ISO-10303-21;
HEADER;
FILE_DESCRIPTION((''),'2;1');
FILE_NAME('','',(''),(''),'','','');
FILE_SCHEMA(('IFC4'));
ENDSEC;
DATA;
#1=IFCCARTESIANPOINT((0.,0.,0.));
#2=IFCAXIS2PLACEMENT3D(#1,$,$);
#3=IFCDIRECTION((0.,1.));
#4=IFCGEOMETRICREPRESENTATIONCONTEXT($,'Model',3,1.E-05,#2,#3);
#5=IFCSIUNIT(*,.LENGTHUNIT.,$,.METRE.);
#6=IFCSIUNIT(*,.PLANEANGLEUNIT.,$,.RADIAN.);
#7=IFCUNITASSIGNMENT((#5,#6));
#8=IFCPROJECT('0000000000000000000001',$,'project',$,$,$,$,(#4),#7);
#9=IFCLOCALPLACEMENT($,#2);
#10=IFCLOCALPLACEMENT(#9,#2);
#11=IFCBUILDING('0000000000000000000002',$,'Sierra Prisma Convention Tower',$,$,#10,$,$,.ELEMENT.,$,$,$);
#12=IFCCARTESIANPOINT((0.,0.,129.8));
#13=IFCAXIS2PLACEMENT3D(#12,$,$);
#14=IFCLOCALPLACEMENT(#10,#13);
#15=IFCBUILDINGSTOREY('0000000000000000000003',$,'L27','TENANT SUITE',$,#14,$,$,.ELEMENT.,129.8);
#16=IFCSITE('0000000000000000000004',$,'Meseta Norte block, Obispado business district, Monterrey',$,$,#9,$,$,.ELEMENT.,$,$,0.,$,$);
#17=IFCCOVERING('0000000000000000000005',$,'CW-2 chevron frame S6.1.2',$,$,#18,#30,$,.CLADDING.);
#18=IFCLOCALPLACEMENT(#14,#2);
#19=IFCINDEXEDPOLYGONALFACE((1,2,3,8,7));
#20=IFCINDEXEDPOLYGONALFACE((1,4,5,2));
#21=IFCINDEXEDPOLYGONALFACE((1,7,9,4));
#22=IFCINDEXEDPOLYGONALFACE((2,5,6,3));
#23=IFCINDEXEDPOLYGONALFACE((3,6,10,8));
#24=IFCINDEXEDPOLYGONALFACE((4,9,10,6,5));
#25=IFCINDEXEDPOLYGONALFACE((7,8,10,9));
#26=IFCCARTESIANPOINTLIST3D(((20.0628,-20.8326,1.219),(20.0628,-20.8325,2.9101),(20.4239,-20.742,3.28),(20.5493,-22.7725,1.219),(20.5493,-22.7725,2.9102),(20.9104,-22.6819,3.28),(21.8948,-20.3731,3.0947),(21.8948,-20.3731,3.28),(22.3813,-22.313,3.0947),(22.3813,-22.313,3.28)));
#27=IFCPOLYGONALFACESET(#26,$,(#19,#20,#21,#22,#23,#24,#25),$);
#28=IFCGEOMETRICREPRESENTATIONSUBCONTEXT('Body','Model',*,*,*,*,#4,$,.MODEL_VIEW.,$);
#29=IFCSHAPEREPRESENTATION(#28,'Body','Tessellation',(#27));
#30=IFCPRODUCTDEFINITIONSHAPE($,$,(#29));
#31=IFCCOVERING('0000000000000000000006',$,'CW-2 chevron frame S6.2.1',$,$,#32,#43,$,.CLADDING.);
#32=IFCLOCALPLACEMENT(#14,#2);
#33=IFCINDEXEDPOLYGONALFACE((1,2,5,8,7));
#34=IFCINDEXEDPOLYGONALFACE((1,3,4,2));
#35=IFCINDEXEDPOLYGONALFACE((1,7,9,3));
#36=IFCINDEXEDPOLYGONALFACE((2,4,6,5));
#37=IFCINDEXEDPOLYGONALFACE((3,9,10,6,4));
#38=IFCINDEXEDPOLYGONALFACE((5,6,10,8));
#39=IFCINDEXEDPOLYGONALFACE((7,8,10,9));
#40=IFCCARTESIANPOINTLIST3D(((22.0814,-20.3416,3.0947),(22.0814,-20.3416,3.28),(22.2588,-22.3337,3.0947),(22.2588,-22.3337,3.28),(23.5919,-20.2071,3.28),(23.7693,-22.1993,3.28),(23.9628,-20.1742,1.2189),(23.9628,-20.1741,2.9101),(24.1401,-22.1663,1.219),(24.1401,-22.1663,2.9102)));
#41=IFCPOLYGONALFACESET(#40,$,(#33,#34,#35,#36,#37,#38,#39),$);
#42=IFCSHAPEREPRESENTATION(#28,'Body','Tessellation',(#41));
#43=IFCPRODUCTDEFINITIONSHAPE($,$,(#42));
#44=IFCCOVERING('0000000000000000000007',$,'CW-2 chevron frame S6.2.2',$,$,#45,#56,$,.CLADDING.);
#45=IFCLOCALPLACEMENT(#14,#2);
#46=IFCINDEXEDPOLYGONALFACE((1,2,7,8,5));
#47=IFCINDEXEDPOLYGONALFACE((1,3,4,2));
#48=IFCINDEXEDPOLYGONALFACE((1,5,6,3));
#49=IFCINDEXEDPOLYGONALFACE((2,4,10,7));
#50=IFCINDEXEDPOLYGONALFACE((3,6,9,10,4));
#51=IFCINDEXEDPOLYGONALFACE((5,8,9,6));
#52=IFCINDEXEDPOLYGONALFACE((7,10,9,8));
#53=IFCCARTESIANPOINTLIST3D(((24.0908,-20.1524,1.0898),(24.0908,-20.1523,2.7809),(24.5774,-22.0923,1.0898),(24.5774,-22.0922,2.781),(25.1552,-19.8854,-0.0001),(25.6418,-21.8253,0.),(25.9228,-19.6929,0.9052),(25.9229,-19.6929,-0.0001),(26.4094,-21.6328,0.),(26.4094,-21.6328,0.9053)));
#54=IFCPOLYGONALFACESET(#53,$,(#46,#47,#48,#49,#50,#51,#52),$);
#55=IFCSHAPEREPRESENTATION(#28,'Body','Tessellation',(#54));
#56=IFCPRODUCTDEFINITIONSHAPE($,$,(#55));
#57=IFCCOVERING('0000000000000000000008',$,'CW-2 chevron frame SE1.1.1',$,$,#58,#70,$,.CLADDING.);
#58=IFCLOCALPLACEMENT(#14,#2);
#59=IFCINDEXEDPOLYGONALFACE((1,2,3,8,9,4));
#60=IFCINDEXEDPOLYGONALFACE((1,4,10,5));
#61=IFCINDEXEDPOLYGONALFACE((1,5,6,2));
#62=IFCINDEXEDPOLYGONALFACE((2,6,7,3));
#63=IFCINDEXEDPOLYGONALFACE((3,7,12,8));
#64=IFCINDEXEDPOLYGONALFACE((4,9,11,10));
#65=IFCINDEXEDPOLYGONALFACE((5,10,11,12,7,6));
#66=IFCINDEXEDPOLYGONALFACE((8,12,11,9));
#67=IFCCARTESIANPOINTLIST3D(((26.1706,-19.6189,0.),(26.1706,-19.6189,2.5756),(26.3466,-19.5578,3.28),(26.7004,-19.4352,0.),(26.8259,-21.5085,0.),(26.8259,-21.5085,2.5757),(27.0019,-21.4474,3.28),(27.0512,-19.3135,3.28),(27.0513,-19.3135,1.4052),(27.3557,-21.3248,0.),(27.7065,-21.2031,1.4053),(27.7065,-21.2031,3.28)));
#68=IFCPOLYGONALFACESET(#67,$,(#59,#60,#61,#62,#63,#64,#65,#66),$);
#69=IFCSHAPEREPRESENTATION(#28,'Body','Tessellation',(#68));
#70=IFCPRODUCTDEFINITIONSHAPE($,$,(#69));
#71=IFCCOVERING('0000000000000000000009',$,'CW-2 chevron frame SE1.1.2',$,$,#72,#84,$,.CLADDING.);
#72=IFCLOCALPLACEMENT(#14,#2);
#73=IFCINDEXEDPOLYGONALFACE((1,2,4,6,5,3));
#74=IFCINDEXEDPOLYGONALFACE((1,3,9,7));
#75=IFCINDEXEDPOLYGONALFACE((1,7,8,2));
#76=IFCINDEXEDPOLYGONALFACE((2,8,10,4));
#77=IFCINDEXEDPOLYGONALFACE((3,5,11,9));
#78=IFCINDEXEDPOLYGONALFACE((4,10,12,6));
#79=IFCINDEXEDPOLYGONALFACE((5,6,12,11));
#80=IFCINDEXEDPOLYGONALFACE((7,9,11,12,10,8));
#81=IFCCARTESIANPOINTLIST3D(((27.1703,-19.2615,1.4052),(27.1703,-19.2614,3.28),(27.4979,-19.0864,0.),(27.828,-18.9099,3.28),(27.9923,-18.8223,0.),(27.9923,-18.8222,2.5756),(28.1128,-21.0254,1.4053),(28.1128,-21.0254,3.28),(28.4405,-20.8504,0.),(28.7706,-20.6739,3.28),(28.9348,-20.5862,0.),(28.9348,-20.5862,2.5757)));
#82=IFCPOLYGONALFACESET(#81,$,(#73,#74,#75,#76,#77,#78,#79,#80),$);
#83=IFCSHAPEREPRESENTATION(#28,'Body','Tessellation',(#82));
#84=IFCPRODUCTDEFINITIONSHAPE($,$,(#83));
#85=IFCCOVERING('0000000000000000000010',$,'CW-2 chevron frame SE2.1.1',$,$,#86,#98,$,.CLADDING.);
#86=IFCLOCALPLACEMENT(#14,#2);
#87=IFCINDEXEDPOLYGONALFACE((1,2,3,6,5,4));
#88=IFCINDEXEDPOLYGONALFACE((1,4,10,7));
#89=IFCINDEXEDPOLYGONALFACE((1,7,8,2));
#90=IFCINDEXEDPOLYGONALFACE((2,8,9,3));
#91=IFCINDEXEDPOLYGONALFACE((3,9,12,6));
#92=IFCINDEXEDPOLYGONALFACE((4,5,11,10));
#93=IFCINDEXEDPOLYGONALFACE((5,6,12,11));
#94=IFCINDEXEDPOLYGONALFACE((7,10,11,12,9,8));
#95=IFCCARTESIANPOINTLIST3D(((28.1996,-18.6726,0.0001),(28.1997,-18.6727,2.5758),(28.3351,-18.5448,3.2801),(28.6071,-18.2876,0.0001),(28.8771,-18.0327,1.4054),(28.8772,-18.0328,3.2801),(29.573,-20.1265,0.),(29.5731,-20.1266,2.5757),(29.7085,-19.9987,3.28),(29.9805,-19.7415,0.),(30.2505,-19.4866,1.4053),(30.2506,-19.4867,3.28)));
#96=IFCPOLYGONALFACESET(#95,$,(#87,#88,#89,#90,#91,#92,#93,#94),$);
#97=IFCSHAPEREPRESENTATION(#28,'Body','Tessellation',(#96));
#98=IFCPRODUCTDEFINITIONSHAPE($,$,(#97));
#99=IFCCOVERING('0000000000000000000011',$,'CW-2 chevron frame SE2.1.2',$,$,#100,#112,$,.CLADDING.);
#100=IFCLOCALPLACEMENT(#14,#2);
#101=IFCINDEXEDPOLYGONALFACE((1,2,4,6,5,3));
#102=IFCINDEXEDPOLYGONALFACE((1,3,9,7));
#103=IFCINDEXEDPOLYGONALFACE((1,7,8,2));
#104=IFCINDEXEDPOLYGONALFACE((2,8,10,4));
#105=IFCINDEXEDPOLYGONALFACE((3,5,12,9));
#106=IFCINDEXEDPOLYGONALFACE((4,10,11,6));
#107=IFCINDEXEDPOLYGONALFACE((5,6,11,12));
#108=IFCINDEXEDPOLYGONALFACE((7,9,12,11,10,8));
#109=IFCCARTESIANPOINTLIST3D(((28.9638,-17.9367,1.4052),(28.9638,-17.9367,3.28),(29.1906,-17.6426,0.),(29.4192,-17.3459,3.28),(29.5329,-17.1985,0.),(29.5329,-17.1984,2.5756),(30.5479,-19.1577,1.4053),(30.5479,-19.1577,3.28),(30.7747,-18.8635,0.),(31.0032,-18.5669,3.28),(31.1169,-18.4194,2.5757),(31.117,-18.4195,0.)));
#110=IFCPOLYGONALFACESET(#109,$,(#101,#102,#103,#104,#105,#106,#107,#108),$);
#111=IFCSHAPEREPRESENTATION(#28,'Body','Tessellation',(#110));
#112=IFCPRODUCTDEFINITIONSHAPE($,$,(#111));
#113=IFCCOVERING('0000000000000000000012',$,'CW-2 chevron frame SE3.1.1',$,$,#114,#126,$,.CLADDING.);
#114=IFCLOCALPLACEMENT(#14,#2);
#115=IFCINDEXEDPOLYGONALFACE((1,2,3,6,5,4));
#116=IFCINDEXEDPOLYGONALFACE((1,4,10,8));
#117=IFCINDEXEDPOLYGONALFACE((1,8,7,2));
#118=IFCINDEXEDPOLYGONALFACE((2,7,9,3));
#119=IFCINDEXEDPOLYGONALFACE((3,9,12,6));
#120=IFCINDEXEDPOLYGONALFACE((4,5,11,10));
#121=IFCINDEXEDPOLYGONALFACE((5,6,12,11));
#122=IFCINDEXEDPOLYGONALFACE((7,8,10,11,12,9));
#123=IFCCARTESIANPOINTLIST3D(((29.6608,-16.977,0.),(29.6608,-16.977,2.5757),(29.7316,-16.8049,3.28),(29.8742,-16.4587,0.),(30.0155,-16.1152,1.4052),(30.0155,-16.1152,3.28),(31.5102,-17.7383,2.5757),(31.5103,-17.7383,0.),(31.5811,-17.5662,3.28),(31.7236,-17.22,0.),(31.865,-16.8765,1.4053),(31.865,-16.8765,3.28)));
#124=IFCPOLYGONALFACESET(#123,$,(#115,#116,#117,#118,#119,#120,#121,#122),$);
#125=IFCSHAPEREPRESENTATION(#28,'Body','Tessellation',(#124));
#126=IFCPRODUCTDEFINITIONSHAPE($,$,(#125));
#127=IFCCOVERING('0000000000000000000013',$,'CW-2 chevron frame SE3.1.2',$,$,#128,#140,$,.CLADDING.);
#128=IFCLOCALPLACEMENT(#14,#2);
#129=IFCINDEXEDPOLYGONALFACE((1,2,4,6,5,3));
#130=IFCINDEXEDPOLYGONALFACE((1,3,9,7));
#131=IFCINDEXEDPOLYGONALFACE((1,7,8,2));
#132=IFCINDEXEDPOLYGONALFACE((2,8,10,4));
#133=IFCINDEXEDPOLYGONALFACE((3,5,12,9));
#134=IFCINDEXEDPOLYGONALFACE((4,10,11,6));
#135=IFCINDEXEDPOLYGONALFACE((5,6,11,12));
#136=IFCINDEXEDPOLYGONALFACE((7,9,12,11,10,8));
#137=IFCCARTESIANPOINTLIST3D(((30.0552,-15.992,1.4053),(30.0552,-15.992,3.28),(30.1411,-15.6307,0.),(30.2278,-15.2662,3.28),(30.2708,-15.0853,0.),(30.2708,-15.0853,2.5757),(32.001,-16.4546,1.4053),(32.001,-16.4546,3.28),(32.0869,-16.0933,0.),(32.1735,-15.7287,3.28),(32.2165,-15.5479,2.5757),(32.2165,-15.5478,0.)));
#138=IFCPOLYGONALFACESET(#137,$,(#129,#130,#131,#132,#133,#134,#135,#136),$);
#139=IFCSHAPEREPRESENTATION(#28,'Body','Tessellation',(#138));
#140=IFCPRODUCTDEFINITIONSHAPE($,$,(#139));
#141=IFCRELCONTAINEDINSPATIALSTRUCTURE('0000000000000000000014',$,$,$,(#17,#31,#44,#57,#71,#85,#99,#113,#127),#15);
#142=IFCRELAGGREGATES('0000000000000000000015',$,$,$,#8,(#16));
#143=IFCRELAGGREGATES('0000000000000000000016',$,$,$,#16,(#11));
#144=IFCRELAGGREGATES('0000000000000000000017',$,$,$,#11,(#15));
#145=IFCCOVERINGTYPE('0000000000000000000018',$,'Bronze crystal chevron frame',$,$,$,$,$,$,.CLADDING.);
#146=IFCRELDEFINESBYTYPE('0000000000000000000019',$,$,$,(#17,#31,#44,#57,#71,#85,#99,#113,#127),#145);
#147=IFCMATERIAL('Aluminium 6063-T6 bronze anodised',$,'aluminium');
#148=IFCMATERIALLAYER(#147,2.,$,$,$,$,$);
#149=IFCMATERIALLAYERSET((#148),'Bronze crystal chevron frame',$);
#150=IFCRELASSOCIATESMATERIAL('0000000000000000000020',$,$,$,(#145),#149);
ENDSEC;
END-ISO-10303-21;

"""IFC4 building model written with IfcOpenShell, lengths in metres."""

from ifc_helpers import new_model, si_unit, direction, frame, origin, place, context, subcontext, project, spatial, polyline, outline, extrude, material, layer, layer_set, type_object, element, save


model = new_model("IFC4")

# Units and contexts
model_context = context("Model", 3, precision=1e-05, world=origin(), true_north=direction((0.0, 1.0)))
body_context = subcontext(model_context, "Body", "Model", "MODEL_VIEW")
ifc_project = project(units=[si_unit("LENGTHUNIT", "METRE"), si_unit("PLANEANGLEUNIT", "RADIAN")], contexts=[model_context])

# Site, building, storey
site_placement = place(None, origin())
site = spatial("IfcSite", under=ifc_project, at=site_placement, Name="Meseta Norte block, Obispado business district, Monterrey", CompositionType="ELEMENT", RefElevation=0.0)
building_placement = place(site_placement, origin())
building = spatial("IfcBuilding", under=site, at=building_placement, Name="Sierra Prisma Convention Tower", CompositionType="ELEMENT")
storey_placement = place(building_placement, frame((0.0, 0.0, 129.8)))
storey = spatial("IfcBuildingStorey", under=building, at=storey_placement, Name="L27", Description="TENANT SUITE", CompositionType="ELEMENT", Elevation=129.8)

# Coverings
ifc_material_1 = material(Name="Aluminium 6063-T6 bronze anodised", Category="aluminium")
ifc_layer_1 = layer(ifc_material_1, 2.0)
ifc_layer_set_1 = layer_set([ifc_layer_1], Name="Bronze crystal chevron frame")
covering_type = type_object("IfcCoveringType", Name="Bronze crystal chevron frame", PredefinedType="CLADDING", material=ifc_layer_set_1)
covering_1_placement = place(storey_placement, frame((20.5493, -22.7725, 2.9102), z_axis=(0.243264, -0.96996, 0.000007), x_axis=(0.000002, -0.000007, -1.0)))
element("IfcCovering", 1, at=covering_1_placement, inside=storey, type_object=covering_type, Name="CW-2 chevron frame S6.1.2", PredefinedType="CLADDING", context=body_context, shape_type="SweptSolid", body=[
    extrude(outline(polyline([(0.0, 0.0), (1.6912, 0.0), (-0.1846, 1.8888), (-0.3699, 1.8888), (-0.3699, 0.3723), (0.0, 0.0)])), origin(), (0.0, 0.0, -1.0), 2.0),
])
covering_2_placement = place(storey_placement, frame((22.2588, -22.3337, 3.28), z_axis=(0.088676, -0.996061, 0.000025), x_axis=(0.000002, -0.000025, -1.0)))
element("IfcCovering", 2, at=covering_2_placement, inside=storey, type_object=covering_type, Name="CW-2 chevron frame S6.2.1", PredefinedType="CLADDING", context=body_context, shape_type="SweptSolid", body=[
    extrude(outline(polyline([(0.0, 0.0), (0.1853, 0.0), (2.061, 1.8888), (0.3699, 1.8888), (0.0, 1.5165), (0.0, 0.0)])), origin(), (0.0, 0.0, -1.0), 2.0),
])
covering_3_placement = place(storey_placement, frame((26.4094, -21.6328, 0.0), z_axis=(0.243287, -0.969954, 0.000038), x_axis=(-0.000009, 0.000037, 1.0)))
element("IfcCovering", 3, at=covering_3_placement, inside=storey, type_object=covering_type, Name="CW-2 chevron frame S6.2.2", PredefinedType="CLADDING", context=body_context, shape_type="SweptSolid", body=[
    extrude(outline(polyline([(0.0, 0.0), (0.9053, 0.0), (2.781, 1.8888), (1.0898, 1.8888), (0.0, 0.7914), (0.0, 0.0)])), origin(), (0.0, 0.0, -1.0), 2.0),
])
covering_4_placement = place(storey_placement, frame((26.8259, -21.5085, 0.0), z_axis=(0.327645, -0.944801, 0.000022), x_axis=(0.944801, 0.327645, 0.0)))
element("IfcCovering", 4, at=covering_4_placement, inside=storey, type_object=covering_type, Name="CW-2 chevron frame SE1.1.1", PredefinedType="CLADDING", context=body_context, shape_type="SweptSolid", body=[
    extrude(outline(polyline([(0.0, 0.0), (0.5607, 0.0), (0.9321, 1.4053), (0.9321, 3.28), (0.1863, 3.28), (0.0, 2.5757), (0.0, 0.0)])), origin(), (0.0, 0.0, -1.0), 2.0),
])
covering_5_placement = place(storey_placement, frame((28.1128, -21.0254, 3.28), z_axis=(0.47127, -0.881989, 0.000023), x_axis=(0.000011, -0.00002, -1.0)))
element("IfcCovering", 5, at=covering_5_placement, inside=storey, type_object=covering_type, Name="CW-2 chevron frame SE1.1.2", PredefinedType="CLADDING", context=body_context, shape_type="SweptSolid", body=[
    extrude(outline(polyline([(0.0, 0.0), (1.8748, 0.0), (3.28, 0.3715), (3.28, 0.932), (0.7043, 0.932), (0.0, 0.7458), (0.0, 0.0)])), origin(), (0.0, 0.0, -1.0), 2.0),
])
covering_6_placement = place(storey_placement, frame((29.573, -20.1265, 0.0), z_axis=(0.686687, -0.726953, -0.000055), x_axis=(0.726953, 0.686687, 0.0)))
element("IfcCovering", 6, at=covering_6_placement, inside=storey, type_object=covering_type, Name="CW-2 chevron frame SE2.1.1", PredefinedType="CLADDING", context=body_context, shape_type="SweptSolid", body=[
    extrude(outline(polyline([(0.0, 0.0), (0.5606, 0.0), (0.9319, 1.4053), (0.9319, 3.28), (0.1862, 3.28), (0.0, 2.5757), (0.0, 0.0)])), origin(), (0.0, 0.0, -1.0), 2.0),
])
covering_7_placement = place(storey_placement, frame((30.5479, -19.1577, 3.28), z_axis=(0.792021, -0.610494, 0.000019), x_axis=(0.000015, -0.000011, -1.0)))
element("IfcCovering", 7, at=covering_7_placement, inside=storey, type_object=covering_type, Name="CW-2 chevron frame SE2.1.2", PredefinedType="CLADDING", context=body_context, shape_type="SweptSolid", body=[
    extrude(outline(polyline([(0.0, 0.0), (1.8748, 0.0), (3.28, 0.3715), (3.28, 0.9322), (0.7043, 0.9322), (0.0, 0.7459), (0.0, 0.0)])), origin(), (0.0, 0.0, -1.0), 2.0),
])
covering_8_placement = place(storey_placement, frame((31.5103, -17.7383, 0.0), z_axis=(0.924722, -0.380644, 0.000013), x_axis=(0.380644, 0.924722, 0.0)))
element("IfcCovering", 8, at=covering_8_placement, inside=storey, type_object=covering_type, Name="CW-2 chevron frame SE3.1.1", PredefinedType="CLADDING", context=body_context, shape_type="SweptSolid", body=[
    extrude(outline(polyline([(0.0, 0.0), (0.5605, 0.0), (0.932, 1.4053), (0.932, 3.28), (0.1861, 3.28), (0.0, 2.5757), (0.0, 0.0)])), origin(), (0.0, 0.0, -1.0), 2.0),
])
covering_9_placement = place(storey_placement, frame((32.001, -16.4546, 3.28), z_axis=(0.972883, -0.231299, -0.000002), x_axis=(-0.000002, 0.0, -1.0)))
element("IfcCovering", 9, at=covering_9_placement, inside=storey, type_object=covering_type, Name="CW-2 chevron frame SE3.1.2", PredefinedType="CLADDING", context=body_context, shape_type="SweptSolid", body=[
    extrude(outline(polyline([(0.0, 0.0), (1.8748, 0.0), (3.28, 0.3714), (3.28, 0.932), (0.7043, 0.932), (0.0, 0.7461), (0.0, 0.0)])), origin(), (0.0, 0.0, -1.0), 2.0),
])

save(model, "model.ifc")
